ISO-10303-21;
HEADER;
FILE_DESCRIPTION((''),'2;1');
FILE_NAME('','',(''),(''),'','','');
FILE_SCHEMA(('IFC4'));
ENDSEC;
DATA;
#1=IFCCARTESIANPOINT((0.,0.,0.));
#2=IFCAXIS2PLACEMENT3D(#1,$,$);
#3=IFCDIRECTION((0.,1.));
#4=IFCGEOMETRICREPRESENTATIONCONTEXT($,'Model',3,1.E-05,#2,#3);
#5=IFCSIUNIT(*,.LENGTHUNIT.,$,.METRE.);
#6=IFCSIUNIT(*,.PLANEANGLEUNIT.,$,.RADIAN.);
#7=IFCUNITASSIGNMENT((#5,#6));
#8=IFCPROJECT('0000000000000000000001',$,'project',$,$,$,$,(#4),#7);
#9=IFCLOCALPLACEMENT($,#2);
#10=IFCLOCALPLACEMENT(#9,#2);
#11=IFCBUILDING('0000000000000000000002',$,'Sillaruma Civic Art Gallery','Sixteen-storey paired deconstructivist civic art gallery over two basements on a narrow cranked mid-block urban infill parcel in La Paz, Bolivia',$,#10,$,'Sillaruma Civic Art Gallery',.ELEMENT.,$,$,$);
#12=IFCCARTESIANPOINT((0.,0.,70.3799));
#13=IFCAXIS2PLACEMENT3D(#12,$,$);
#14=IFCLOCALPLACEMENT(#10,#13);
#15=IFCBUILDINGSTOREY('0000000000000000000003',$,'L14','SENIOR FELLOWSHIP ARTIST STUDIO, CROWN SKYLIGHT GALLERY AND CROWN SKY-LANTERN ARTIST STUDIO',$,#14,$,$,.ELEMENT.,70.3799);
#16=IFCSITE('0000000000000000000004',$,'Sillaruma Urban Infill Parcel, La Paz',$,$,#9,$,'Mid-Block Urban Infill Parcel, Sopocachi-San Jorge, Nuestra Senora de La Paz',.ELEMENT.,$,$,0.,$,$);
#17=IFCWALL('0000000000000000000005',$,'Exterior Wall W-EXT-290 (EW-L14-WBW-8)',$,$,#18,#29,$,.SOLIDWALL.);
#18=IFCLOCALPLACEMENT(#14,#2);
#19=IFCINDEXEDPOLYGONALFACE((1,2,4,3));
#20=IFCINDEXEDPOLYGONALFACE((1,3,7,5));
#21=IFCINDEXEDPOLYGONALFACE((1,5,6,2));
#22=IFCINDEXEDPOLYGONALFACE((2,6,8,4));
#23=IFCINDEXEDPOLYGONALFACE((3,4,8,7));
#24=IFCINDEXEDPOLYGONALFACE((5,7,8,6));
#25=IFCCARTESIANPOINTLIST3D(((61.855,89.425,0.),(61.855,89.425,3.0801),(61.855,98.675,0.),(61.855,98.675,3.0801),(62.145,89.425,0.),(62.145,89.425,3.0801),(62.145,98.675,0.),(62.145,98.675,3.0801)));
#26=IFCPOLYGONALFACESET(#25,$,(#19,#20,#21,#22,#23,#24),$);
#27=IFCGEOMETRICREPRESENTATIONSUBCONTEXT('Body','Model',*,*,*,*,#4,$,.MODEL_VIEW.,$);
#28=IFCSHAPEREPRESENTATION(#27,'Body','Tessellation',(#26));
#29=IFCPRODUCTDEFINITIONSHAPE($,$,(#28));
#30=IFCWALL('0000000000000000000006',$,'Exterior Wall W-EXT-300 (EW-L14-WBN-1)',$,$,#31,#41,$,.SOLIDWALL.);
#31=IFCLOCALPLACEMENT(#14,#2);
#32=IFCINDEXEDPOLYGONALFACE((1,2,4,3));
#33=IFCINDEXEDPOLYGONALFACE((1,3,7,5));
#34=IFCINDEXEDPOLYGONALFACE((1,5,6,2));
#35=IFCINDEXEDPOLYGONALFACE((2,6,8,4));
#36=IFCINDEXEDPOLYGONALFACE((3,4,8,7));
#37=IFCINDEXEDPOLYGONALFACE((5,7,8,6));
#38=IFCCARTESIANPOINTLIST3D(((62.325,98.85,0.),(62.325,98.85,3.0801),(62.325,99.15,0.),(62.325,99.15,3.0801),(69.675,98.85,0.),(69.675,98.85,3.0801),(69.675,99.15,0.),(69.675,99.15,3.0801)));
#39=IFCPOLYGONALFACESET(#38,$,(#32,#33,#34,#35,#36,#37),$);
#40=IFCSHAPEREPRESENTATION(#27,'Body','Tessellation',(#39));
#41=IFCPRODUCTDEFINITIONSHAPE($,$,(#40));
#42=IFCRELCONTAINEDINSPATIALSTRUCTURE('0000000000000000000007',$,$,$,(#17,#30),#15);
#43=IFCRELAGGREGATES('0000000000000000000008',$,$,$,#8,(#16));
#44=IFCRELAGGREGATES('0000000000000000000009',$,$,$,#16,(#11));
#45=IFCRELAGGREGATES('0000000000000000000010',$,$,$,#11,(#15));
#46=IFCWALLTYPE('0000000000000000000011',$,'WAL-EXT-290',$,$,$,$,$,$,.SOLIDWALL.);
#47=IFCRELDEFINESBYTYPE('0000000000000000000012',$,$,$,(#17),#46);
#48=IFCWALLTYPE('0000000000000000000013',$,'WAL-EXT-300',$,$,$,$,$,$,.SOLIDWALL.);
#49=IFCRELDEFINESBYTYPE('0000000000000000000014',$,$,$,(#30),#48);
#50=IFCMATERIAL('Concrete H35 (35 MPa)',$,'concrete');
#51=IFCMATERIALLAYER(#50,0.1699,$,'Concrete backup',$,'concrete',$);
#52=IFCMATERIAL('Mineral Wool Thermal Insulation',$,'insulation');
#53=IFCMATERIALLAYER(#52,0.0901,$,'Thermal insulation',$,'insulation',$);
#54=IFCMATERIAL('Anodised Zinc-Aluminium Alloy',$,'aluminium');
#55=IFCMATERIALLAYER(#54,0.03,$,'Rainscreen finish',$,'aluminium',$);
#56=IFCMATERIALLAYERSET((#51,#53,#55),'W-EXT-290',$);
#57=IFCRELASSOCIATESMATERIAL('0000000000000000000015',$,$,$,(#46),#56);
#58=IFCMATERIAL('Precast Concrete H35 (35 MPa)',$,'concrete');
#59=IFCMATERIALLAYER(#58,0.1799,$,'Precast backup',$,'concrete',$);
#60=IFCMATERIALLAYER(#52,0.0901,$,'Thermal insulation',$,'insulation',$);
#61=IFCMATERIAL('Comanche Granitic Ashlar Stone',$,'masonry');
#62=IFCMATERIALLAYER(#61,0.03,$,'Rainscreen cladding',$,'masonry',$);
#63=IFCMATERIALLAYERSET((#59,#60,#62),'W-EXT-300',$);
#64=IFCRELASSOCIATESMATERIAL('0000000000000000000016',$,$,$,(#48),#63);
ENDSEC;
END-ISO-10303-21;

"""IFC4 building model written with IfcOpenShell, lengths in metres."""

from ifc_helpers import new_model, si_unit, direction, frame, frame_2d, origin, place, context, subcontext, project, spatial, rectangle, extrude, material, layer, layer_set, type_object, element, save


model = new_model("IFC4")

# Units and contexts
model_context = context("Model", 3, precision=1e-05, world=origin(), true_north=direction((0.0, 1.0)))
body_context = subcontext(model_context, "Body", "Model", "MODEL_VIEW")
ifc_project = project(units=[si_unit("LENGTHUNIT", "METRE"), si_unit("PLANEANGLEUNIT", "RADIAN")], contexts=[model_context])

# Site, building, storey
site_placement = place(None, origin())
site = spatial("IfcSite", under=ifc_project, at=site_placement, Name="Sillaruma Urban Infill Parcel, La Paz", LongName="Mid-Block Urban Infill Parcel, Sopocachi-San Jorge, Nuestra Senora de La Paz", CompositionType="ELEMENT", RefElevation=0.0)
building_placement = place(site_placement, origin())
building = spatial("IfcBuilding", under=site, at=building_placement, Name="Sillaruma Civic Art Gallery", Description="Sixteen-storey paired deconstructivist civic art gallery over two basements on a narrow cranked mid-block urban infill parcel in La Paz, Bolivia", LongName="Sillaruma Civic Art Gallery", CompositionType="ELEMENT")
storey_placement = place(building_placement, frame((0.0, 0.0, 70.3799)))
storey = spatial("IfcBuildingStorey", under=building, at=storey_placement, Name="L14", Description="SENIOR FELLOWSHIP ARTIST STUDIO, CROWN SKYLIGHT GALLERY AND CROWN SKY-LANTERN ARTIST STUDIO", CompositionType="ELEMENT", Elevation=70.3799)

# Shared definitions
ifc_material_1 = material(Name="Concrete H35 (35 MPa)", Category="concrete")

# Walls
ifc_layer_1 = layer(ifc_material_1, 0.1699, Name="Concrete backup", Category="concrete")
ifc_material_2 = material(Name="Mineral Wool Thermal Insulation", Category="insulation")
ifc_layer_2 = layer(ifc_material_2, 0.0901, Name="Thermal insulation", Category="insulation")
ifc_material_3 = material(Name="Anodised Zinc-Aluminium Alloy", Category="aluminium")
ifc_layer_3 = layer(ifc_material_3, 0.03, Name="Rainscreen finish", Category="aluminium")
ifc_layer_set_1 = layer_set([ifc_layer_1, ifc_layer_2, ifc_layer_3], Name="W-EXT-290")
wall_type_1 = type_object("IfcWallType", Name="WAL-EXT-290", PredefinedType="SOLIDWALL", material=ifc_layer_set_1)
wall_1_placement = place(storey_placement, frame((62.0, 89.425, 0.0), z_axis=(0.0, 0.0, 1.0), x_axis=(0.0, 1.0, 0.0)))
element("IfcWall", 1, at=wall_1_placement, inside=storey, type_object=wall_type_1, Name="Exterior Wall W-EXT-290 (EW-L14-WBW-8)", PredefinedType="SOLIDWALL", context=body_context, shape_type="SweptSolid", body=[
    extrude(rectangle(XDim=9.25, YDim=0.29, at=frame_2d((4.625, 0.0))), origin(), (0.0, 0.0, 1.0), 3.0801),
])
ifc_material_4 = material(Name="Precast Concrete H35 (35 MPa)", Category="concrete")
ifc_layer_4 = layer(ifc_material_4, 0.1799, Name="Precast backup", Category="concrete")
ifc_layer_5 = layer(ifc_material_2, 0.0901, Name="Thermal insulation", Category="insulation")
ifc_material_5 = material(Name="Comanche Granitic Ashlar Stone", Category="masonry")
ifc_layer_6 = layer(ifc_material_5, 0.03, Name="Rainscreen cladding", Category="masonry")
ifc_layer_set_2 = layer_set([ifc_layer_4, ifc_layer_5, ifc_layer_6], Name="W-EXT-300")
wall_type_2 = type_object("IfcWallType", Name="WAL-EXT-300", PredefinedType="SOLIDWALL", material=ifc_layer_set_2)
wall_2_placement = place(storey_placement, frame((62.325, 99.0, 0.0), z_axis=(0.0, 0.0, 1.0), x_axis=(1.0, 0.0, 0.0)))
element("IfcWall", 2, at=wall_2_placement, inside=storey, type_object=wall_type_2, Name="Exterior Wall W-EXT-300 (EW-L14-WBN-1)", PredefinedType="SOLIDWALL", context=body_context, shape_type="SweptSolid", body=[
    extrude(rectangle(XDim=7.3501, YDim=0.3, at=frame_2d((3.675, 0.0))), origin(), (0.0, 0.0, 1.0), 3.0801),
])

save(model, "model.ifc")
